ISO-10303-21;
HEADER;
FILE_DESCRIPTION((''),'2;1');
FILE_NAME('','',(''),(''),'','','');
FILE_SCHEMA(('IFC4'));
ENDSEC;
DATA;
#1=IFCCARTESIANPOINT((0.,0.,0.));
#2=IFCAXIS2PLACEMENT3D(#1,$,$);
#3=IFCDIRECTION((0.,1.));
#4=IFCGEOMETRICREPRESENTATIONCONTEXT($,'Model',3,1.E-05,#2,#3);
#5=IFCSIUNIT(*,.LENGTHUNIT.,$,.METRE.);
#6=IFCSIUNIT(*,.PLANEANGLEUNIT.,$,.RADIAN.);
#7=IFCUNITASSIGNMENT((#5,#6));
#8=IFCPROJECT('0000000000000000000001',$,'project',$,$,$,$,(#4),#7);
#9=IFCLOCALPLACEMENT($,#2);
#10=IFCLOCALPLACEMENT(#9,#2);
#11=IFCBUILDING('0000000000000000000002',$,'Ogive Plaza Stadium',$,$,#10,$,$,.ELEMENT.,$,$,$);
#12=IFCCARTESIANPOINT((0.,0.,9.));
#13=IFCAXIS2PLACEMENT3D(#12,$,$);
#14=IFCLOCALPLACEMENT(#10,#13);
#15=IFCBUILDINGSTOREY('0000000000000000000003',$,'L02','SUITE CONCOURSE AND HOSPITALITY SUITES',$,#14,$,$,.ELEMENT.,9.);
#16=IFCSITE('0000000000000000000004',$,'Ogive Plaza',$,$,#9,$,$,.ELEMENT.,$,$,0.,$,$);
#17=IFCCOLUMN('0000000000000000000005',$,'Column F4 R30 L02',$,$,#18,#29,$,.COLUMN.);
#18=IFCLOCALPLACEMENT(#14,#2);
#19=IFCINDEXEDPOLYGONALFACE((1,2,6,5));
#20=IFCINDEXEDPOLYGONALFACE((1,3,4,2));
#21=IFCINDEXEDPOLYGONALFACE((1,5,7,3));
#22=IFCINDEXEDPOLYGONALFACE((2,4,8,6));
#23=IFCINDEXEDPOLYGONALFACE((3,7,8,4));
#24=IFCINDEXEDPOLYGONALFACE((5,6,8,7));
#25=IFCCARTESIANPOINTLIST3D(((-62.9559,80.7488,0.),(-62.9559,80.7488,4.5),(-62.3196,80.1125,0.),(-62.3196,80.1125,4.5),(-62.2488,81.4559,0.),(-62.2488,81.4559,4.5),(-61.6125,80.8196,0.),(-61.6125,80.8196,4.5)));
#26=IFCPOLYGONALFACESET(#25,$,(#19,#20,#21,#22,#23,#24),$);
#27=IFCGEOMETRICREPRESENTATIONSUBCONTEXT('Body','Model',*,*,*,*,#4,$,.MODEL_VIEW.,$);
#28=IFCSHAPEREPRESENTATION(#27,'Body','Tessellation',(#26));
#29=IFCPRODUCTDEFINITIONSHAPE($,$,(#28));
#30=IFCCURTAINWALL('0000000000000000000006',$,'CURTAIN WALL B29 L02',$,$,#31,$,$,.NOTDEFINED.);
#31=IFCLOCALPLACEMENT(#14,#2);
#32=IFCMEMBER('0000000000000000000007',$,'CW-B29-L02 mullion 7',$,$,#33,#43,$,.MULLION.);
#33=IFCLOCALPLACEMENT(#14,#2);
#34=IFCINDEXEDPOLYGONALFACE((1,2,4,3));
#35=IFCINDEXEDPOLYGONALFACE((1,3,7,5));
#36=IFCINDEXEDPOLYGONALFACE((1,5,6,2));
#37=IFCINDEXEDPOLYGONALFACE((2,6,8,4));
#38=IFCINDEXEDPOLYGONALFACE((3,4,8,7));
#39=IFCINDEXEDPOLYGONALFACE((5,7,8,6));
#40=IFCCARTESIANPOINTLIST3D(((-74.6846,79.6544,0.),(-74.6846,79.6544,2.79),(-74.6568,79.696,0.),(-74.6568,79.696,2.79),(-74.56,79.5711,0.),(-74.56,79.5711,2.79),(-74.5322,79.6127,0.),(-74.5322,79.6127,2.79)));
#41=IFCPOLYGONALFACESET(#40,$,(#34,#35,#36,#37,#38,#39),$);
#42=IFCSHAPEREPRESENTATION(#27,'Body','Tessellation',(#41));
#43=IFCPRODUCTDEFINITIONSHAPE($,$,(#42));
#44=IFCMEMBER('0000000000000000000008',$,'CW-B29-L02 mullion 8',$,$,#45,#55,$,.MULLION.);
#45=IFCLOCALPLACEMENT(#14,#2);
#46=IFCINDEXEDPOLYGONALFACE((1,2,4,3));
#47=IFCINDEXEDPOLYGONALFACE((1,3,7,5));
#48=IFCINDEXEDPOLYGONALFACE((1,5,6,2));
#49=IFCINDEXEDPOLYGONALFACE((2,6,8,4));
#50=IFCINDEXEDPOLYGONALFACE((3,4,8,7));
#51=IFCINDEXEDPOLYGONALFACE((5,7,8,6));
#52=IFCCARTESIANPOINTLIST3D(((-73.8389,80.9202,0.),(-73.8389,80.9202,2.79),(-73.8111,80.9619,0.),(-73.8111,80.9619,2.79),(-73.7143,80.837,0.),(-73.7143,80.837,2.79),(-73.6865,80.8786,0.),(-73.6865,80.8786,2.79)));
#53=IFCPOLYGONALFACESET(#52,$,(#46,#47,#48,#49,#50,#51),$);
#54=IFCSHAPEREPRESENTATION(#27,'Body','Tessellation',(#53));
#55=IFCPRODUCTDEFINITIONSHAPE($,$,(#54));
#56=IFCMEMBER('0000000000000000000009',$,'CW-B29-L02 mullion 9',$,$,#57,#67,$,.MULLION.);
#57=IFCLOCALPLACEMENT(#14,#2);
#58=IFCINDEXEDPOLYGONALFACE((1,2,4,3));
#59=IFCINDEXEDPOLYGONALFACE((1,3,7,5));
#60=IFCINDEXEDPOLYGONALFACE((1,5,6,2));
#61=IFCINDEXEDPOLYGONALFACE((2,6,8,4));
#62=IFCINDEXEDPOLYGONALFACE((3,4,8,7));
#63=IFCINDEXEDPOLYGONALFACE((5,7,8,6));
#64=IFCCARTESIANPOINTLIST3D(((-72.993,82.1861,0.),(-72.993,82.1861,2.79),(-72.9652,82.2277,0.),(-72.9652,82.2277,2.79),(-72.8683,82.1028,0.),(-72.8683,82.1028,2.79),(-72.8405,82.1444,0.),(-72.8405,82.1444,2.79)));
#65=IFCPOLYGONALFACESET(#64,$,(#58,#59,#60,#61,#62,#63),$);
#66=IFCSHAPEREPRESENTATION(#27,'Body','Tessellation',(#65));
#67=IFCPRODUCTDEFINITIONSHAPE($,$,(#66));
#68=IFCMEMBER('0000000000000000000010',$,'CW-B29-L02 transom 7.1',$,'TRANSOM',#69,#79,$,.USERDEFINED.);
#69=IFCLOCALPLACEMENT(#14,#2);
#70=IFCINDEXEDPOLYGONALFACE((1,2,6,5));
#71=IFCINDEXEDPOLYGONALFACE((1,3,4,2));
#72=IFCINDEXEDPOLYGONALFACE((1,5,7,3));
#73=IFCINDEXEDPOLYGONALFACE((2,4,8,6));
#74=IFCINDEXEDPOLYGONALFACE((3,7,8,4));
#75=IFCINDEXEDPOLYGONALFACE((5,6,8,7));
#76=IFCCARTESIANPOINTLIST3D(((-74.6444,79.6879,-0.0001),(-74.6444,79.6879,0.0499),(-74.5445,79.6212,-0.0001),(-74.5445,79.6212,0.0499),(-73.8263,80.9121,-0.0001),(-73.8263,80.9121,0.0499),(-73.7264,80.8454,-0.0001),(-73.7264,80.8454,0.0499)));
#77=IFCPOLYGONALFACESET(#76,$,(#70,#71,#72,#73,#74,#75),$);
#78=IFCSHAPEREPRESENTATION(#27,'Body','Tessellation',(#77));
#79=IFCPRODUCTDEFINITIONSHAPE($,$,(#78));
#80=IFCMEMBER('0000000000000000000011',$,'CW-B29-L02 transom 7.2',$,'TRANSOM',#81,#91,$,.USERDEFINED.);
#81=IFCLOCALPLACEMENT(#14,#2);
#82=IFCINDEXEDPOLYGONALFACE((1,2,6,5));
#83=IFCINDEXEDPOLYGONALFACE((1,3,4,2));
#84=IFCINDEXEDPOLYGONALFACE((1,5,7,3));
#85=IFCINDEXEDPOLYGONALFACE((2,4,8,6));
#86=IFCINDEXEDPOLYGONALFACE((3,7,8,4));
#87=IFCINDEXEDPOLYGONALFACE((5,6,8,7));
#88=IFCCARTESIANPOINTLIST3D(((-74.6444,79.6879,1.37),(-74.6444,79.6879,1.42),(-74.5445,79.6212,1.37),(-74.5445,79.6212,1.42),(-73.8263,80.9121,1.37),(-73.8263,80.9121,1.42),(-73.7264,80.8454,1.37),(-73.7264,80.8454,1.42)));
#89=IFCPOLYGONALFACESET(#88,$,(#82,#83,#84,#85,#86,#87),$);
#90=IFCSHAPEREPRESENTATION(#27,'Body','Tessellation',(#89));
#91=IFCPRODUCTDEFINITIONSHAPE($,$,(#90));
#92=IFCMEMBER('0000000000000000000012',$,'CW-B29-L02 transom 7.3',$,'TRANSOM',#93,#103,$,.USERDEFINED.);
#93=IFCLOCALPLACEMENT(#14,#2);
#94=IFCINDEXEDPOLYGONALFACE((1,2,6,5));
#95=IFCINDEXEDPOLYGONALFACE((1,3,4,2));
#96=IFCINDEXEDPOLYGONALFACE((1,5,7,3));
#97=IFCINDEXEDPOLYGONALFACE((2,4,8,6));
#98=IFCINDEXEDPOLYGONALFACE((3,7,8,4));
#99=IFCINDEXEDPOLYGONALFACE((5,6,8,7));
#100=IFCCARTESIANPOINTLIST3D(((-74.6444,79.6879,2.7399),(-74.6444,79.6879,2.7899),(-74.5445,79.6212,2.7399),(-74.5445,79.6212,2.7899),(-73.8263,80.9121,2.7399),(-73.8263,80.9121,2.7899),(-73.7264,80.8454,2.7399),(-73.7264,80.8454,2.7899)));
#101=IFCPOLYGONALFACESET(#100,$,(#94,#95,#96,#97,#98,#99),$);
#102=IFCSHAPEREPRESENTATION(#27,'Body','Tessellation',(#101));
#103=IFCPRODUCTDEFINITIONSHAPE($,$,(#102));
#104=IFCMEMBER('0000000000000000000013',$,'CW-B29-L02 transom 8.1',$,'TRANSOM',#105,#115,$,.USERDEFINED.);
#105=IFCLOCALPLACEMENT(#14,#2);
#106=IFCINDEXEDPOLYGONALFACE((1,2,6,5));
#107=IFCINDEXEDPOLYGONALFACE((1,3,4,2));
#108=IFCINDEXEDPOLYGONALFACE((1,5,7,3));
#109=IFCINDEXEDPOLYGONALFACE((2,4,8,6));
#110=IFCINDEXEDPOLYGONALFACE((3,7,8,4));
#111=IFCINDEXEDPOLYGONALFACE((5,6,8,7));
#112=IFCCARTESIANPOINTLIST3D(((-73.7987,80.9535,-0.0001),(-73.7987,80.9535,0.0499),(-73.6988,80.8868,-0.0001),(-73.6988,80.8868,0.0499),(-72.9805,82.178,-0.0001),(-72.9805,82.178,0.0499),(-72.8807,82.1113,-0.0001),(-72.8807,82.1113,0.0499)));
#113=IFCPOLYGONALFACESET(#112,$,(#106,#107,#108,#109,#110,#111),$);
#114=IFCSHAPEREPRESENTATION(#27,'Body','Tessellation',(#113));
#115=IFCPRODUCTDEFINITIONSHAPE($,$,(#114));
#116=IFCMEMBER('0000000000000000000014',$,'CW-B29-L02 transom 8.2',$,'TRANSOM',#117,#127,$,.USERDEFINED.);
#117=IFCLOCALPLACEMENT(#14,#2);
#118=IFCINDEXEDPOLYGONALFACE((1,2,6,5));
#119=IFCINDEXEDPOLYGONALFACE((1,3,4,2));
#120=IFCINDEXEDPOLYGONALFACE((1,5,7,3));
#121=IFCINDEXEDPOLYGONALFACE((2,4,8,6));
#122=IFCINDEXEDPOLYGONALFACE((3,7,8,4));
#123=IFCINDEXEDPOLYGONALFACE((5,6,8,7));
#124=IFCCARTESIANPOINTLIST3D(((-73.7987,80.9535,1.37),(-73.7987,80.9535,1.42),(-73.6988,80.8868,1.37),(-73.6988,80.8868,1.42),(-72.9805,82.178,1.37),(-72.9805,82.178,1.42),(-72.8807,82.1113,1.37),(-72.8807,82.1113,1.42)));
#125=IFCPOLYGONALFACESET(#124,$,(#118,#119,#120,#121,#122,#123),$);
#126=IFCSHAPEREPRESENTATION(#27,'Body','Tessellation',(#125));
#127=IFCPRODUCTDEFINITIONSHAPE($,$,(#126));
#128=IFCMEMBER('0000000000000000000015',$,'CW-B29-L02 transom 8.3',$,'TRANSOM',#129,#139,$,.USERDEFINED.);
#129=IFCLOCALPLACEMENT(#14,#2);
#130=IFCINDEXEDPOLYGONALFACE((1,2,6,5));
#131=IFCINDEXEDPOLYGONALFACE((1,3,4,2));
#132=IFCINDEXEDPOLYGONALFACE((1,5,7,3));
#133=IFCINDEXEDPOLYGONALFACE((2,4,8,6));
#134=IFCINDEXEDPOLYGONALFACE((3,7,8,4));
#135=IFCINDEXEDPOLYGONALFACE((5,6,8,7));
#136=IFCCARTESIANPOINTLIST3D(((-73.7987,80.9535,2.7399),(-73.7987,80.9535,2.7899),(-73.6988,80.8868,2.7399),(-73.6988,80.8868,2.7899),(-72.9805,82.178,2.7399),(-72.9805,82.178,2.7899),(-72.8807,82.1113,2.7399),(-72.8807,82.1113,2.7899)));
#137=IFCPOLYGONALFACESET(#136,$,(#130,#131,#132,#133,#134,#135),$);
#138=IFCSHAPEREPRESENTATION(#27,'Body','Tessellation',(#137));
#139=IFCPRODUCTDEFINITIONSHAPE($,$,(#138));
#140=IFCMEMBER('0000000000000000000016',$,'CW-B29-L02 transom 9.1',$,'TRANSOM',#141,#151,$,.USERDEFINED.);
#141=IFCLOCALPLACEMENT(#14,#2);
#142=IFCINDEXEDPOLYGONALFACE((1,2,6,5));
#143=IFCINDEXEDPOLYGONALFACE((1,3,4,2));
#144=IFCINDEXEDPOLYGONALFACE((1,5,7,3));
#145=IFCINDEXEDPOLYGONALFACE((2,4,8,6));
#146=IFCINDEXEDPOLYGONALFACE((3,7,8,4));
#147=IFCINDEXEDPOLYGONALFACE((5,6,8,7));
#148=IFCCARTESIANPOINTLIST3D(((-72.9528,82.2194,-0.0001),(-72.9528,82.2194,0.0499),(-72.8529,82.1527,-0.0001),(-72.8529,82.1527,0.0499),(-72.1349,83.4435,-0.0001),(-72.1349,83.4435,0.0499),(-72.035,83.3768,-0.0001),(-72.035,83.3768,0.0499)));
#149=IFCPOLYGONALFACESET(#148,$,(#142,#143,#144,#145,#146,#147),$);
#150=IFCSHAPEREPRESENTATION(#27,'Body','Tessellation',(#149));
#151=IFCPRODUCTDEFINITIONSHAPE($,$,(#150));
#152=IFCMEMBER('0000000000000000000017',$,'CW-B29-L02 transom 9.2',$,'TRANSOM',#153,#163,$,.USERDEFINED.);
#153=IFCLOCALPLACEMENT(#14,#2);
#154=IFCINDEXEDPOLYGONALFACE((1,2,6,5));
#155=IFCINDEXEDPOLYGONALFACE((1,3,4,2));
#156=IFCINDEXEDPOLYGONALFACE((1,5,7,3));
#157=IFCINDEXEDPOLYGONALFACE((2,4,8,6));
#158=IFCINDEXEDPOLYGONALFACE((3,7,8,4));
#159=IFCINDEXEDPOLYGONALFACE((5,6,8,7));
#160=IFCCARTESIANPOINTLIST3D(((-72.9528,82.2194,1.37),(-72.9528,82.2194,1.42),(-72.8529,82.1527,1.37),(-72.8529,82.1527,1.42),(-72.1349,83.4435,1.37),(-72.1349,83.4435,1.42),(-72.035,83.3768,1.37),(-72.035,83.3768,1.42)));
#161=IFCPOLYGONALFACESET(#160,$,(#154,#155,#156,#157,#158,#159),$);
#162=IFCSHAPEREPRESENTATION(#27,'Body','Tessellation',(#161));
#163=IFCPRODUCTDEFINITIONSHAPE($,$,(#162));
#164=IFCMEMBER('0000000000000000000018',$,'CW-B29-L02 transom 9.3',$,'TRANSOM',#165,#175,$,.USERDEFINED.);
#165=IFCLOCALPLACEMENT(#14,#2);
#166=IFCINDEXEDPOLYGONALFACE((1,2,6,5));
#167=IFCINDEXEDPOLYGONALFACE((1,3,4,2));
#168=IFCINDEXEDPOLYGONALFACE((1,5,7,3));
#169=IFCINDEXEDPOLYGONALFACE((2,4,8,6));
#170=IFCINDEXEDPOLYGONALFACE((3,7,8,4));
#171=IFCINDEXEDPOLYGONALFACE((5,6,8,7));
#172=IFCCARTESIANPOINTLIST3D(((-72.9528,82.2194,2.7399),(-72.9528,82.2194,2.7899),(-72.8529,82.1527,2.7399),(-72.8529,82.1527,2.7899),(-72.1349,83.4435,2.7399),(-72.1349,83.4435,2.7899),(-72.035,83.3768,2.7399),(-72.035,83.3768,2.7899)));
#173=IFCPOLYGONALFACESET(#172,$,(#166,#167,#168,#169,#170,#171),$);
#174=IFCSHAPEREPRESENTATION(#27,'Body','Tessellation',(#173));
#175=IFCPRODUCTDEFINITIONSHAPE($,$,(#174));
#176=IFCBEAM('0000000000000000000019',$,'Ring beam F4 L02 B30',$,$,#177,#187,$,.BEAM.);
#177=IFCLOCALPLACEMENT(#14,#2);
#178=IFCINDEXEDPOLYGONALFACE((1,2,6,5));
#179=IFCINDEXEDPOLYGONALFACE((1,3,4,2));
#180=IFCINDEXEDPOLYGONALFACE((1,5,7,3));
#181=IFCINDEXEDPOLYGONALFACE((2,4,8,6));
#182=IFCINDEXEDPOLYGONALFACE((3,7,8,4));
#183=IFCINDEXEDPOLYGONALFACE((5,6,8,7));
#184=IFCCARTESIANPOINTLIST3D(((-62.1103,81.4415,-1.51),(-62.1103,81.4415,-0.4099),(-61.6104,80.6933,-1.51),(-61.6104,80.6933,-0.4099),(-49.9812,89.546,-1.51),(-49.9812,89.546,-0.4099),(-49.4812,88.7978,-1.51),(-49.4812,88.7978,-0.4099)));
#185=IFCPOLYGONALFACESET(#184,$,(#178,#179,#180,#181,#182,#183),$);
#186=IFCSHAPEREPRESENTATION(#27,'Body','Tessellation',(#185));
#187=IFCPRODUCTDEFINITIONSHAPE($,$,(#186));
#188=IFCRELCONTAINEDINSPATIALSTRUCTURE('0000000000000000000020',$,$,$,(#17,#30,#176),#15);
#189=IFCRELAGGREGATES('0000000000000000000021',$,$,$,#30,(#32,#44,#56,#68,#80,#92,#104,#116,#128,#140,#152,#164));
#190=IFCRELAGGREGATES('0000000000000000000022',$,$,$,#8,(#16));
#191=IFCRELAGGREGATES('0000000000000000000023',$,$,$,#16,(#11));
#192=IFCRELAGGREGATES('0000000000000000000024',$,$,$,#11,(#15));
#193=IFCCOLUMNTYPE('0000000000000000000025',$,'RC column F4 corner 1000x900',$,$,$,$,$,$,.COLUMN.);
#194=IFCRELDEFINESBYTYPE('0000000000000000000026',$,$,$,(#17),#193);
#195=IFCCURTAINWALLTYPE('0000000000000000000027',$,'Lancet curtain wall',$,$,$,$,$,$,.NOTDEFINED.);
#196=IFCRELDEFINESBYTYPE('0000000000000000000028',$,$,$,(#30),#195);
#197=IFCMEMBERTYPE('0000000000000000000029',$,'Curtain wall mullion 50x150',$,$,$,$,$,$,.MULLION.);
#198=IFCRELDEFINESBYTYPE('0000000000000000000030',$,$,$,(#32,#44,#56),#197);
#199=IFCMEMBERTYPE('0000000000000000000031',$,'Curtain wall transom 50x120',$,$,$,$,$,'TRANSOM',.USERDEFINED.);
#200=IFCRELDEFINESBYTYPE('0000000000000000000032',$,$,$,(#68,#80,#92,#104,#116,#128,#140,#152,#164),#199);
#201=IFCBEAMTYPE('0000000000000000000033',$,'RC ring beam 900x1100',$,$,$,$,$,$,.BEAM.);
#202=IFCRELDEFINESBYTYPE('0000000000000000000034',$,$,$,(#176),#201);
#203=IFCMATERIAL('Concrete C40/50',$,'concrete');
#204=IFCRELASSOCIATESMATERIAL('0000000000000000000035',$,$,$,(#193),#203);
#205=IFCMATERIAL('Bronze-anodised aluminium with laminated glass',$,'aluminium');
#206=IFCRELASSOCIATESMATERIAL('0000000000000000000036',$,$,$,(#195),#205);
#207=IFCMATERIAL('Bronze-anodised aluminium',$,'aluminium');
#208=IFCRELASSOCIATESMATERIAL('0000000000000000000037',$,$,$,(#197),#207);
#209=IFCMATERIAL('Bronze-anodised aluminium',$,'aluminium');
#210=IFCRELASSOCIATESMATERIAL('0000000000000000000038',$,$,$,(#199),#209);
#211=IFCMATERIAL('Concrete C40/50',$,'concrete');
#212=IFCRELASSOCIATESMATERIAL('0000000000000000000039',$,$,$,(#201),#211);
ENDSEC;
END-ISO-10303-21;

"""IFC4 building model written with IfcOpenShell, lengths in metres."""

from ifc_helpers import new_model, si_unit, direction, frame, origin, origin_2d, place, context, subcontext, project, spatial, rectangle, extrude, material, material_profile, profile_set, type_object, element, aggregate, save


model = new_model("IFC4")

# Units and contexts
model_context = context("Model", 3, precision=1e-05, world=origin(), true_north=direction((0.0, 1.0)))
body_context = subcontext(model_context, "Body", "Model", "MODEL_VIEW")
ifc_project = project(units=[si_unit("LENGTHUNIT", "METRE"), si_unit("PLANEANGLEUNIT", "RADIAN")], contexts=[model_context])

# Site, building, storey
site_placement = place(None, origin())
site = spatial("IfcSite", under=ifc_project, at=site_placement, Name="Ogive Plaza", CompositionType="ELEMENT", RefElevation=0.0)
building_placement = place(site_placement, origin())
building = spatial("IfcBuilding", under=site, at=building_placement, Name="Ogive Plaza Stadium", CompositionType="ELEMENT")
storey_placement = place(building_placement, frame((0.0, 0.0, 9.0)))
storey = spatial("IfcBuildingStorey", under=building, at=storey_placement, Name="L02", Description="SUITE CONCOURSE AND HOSPITALITY SUITES", CompositionType="ELEMENT", Elevation=9.0)

# Column
ifc_material_1 = material(Name="Concrete C40/50", Category="concrete")
ifc_material_profile_1 = material_profile(ifc_material_1, rectangle(XDim=1.0, YDim=0.8999, at=origin_2d()), Name="RC 1000x900")
ifc_profile_set_1 = profile_set([ifc_material_profile_1], Name="Concrete C40/50")
column_type = type_object("IfcColumnType", Name="RC column F4 corner 1000x900", PredefinedType="COLUMN", material=ifc_profile_set_1)
column_placement = place(storey_placement, frame((-62.2842, 80.7842, 0.0), z_axis=(0.0, 0.0, 1.0), x_axis=(-0.707107, -0.707107, 0.0)))
element("IfcColumn", 1, at=column_placement, inside=storey, type_object=column_type, Name="Column F4 R30 L02", PredefinedType="COLUMN", context=body_context, shape_type="SweptSolid", body=[
    extrude(rectangle(XDim=1.0, YDim=0.8999, at=origin_2d()), origin(), (0.0, 0.0, 1.0), 4.5),
])

# Curtain wall, members
ifc_material_2 = material(Name="Bronze-anodised aluminium with laminated glass", Category="aluminium")
curtain_wall_type = type_object("IfcCurtainWallType", Name="Lancet curtain wall", PredefinedType="NOTDEFINED", material=ifc_material_2)
curtain_wall_placement = place(storey_placement, origin())
curtain_wall = element("IfcCurtainWall", 2, at=curtain_wall_placement, inside=storey, type_object=curtain_wall_type, Name="CURTAIN WALL B29 L02", PredefinedType="NOTDEFINED")
ifc_material_3 = material(Name="Bronze-anodised aluminium", Category="aluminium")
ifc_material_profile_2 = material_profile(ifc_material_3, rectangle(XDim=0.1499, YDim=0.05, at=origin_2d()), Name="AL 150x50")
ifc_profile_set_2 = profile_set([ifc_material_profile_2], Name="Bronze-anodised aluminium")
member_type_1 = type_object("IfcMemberType", Name="Curtain wall mullion 50x150", PredefinedType="MULLION", material=ifc_profile_set_2)
member_1_placement = place(storey_placement, frame((-74.6084, 79.6335, 0.0), z_axis=(0.0, 0.0, 1.0), x_axis=(-0.83147, 0.55557, 0.0)))
member_1 = element("IfcMember", 3, at=member_1_placement, type_object=member_type_1, Name="CW-B29-L02 mullion 7", PredefinedType="MULLION", context=body_context, shape_type="SweptSolid", body=[
    extrude(rectangle(XDim=0.1499, YDim=0.05, at=origin_2d()), origin(), (0.0, 0.0, 1.0), 2.79),
])
member_2_placement = place(storey_placement, frame((-73.7627, 80.8994, 0.0), z_axis=(0.0, 0.0, 1.0), x_axis=(-0.83147, 0.55557, 0.0)))
member_2 = element("IfcMember", 4, at=member_2_placement, type_object=member_type_1, Name="CW-B29-L02 mullion 8", PredefinedType="MULLION", context=body_context, shape_type="SweptSolid", body=[
    extrude(rectangle(XDim=0.1499, YDim=0.05, at=origin_2d()), origin(), (0.0, 0.0, 1.0), 2.79),
])
member_3_placement = place(storey_placement, frame((-72.9167, 82.1653, 0.0), z_axis=(0.0, 0.0, 1.0), x_axis=(-0.83147, 0.55557, 0.0)))
member_3 = element("IfcMember", 5, at=member_3_placement, type_object=member_type_1, Name="CW-B29-L02 mullion 9", PredefinedType="MULLION", context=body_context, shape_type="SweptSolid", body=[
    extrude(rectangle(XDim=0.1499, YDim=0.05, at=origin_2d()), origin(), (0.0, 0.0, 1.0), 2.79),
])
ifc_material_4 = material(Name="Bronze-anodised aluminium", Category="aluminium")
ifc_material_profile_3 = material_profile(ifc_material_4, rectangle(XDim=0.1201, YDim=0.05, at=origin_2d()), Name="AL 120x50")
ifc_profile_set_3 = profile_set([ifc_material_profile_3], Name="Bronze-anodised aluminium")
member_type_2 = type_object("IfcMemberType", Name="Curtain wall transom 50x120", ElementType="TRANSOM", PredefinedType="USERDEFINED", material=ifc_profile_set_3)
member_4_placement = place(storey_placement, frame((-74.5945, 79.6545, 0.0249), z_axis=(0.555656, 0.831412, 0.0), x_axis=(-0.831412, 0.555656, 0.0)))
member_4 = element("IfcMember", 6, at=member_4_placement, type_object=member_type_2, Name="CW-B29-L02 transom 7.1", ObjectType="TRANSOM", PredefinedType="USERDEFINED", context=body_context, shape_type="SweptSolid", body=[
    extrude(rectangle(XDim=0.1201, YDim=0.05, at=origin_2d()), origin(), (0.0, 0.0, 1.0), 1.4724),
])
member_5_placement = place(storey_placement, frame((-74.5945, 79.6545, 1.395), z_axis=(0.555656, 0.831412, 0.0), x_axis=(-0.831412, 0.555656, 0.0)))
member_5 = element("IfcMember", 7, at=member_5_placement, type_object=member_type_2, Name="CW-B29-L02 transom 7.2", ObjectType="TRANSOM", PredefinedType="USERDEFINED", context=body_context, shape_type="SweptSolid", body=[
    extrude(rectangle(XDim=0.1201, YDim=0.05, at=origin_2d()), origin(), (0.0, 0.0, 1.0), 1.4724),
])
member_6_placement = place(storey_placement, frame((-74.5945, 79.6545, 2.7649), z_axis=(0.555656, 0.831412, 0.0), x_axis=(-0.831412, 0.555656, 0.0)))
member_6 = element("IfcMember", 8, at=member_6_placement, type_object=member_type_2, Name="CW-B29-L02 transom 7.3", ObjectType="TRANSOM", PredefinedType="USERDEFINED", context=body_context, shape_type="SweptSolid", body=[
    extrude(rectangle(XDim=0.1201, YDim=0.05, at=origin_2d()), origin(), (0.0, 0.0, 1.0), 1.4724),
])
member_7_placement = place(storey_placement, frame((-73.7488, 80.9202, 0.0249), z_axis=(0.55558, 0.831463, 0.0), x_axis=(-0.831463, 0.55558, 0.0)))
member_7 = element("IfcMember", 9, at=member_7_placement, type_object=member_type_2, Name="CW-B29-L02 transom 8.1", ObjectType="TRANSOM", PredefinedType="USERDEFINED", context=body_context, shape_type="SweptSolid", body=[
    extrude(rectangle(XDim=0.1201, YDim=0.05, at=origin_2d()), origin(), (0.0, 0.0, 1.0), 1.4727),
])
member_8_placement = place(storey_placement, frame((-73.7488, 80.9202, 1.395), z_axis=(0.55558, 0.831463, 0.0), x_axis=(-0.831463, 0.55558, 0.0)))
member_8 = element("IfcMember", 10, at=member_8_placement, type_object=member_type_2, Name="CW-B29-L02 transom 8.2", ObjectType="TRANSOM", PredefinedType="USERDEFINED", context=body_context, shape_type="SweptSolid", body=[
    extrude(rectangle(XDim=0.1201, YDim=0.05, at=origin_2d()), origin(), (0.0, 0.0, 1.0), 1.4727),
])
member_9_placement = place(storey_placement, frame((-73.7488, 80.9202, 2.7649), z_axis=(0.55558, 0.831463, 0.0), x_axis=(-0.831463, 0.55558, 0.0)))
member_9 = element("IfcMember", 11, at=member_9_placement, type_object=member_type_2, Name="CW-B29-L02 transom 8.3", ObjectType="TRANSOM", PredefinedType="USERDEFINED", context=body_context, shape_type="SweptSolid", body=[
    extrude(rectangle(XDim=0.1201, YDim=0.05, at=origin_2d()), origin(), (0.0, 0.0, 1.0), 1.4727),
])
member_10_placement = place(storey_placement, frame((-72.9028, 82.186, 0.0249), z_axis=(0.555542, 0.831489, 0.0), x_axis=(-0.831489, 0.555542, 0.0)))
member_10 = element("IfcMember", 12, at=member_10_placement, type_object=member_type_2, Name="CW-B29-L02 transom 9.1", ObjectType="TRANSOM", PredefinedType="USERDEFINED", context=body_context, shape_type="SweptSolid", body=[
    extrude(rectangle(XDim=0.1201, YDim=0.05, at=origin_2d()), origin(), (0.0, 0.0, 1.0), 1.4722),
])
member_11_placement = place(storey_placement, frame((-72.9028, 82.186, 1.395), z_axis=(0.555542, 0.831489, 0.0), x_axis=(-0.831489, 0.555542, 0.0)))
member_11 = element("IfcMember", 13, at=member_11_placement, type_object=member_type_2, Name="CW-B29-L02 transom 9.2", ObjectType="TRANSOM", PredefinedType="USERDEFINED", context=body_context, shape_type="SweptSolid", body=[
    extrude(rectangle(XDim=0.1201, YDim=0.05, at=origin_2d()), origin(), (0.0, 0.0, 1.0), 1.4722),
])
member_12_placement = place(storey_placement, frame((-72.9028, 82.186, 2.7649), z_axis=(0.555542, 0.831489, 0.0), x_axis=(-0.831489, 0.555542, 0.0)))
member_12 = element("IfcMember", 14, at=member_12_placement, type_object=member_type_2, Name="CW-B29-L02 transom 9.3", ObjectType="TRANSOM", PredefinedType="USERDEFINED", context=body_context, shape_type="SweptSolid", body=[
    extrude(rectangle(XDim=0.1201, YDim=0.05, at=origin_2d()), origin(), (0.0, 0.0, 1.0), 1.4722),
])

# Beam
ifc_material_5 = material(Name="Concrete C40/50", Category="concrete")
ifc_material_profile_4 = material_profile(ifc_material_5, rectangle(XDim=0.8999, YDim=1.1001, at=origin_2d()), Name="RC 900x1100")
ifc_profile_set_4 = profile_set([ifc_material_profile_4], Name="Concrete C40/50")
beam_type = type_object("IfcBeamType", Name="RC ring beam 900x1100", PredefinedType="BEAM", material=ifc_profile_set_4)
beam_placement = place(storey_placement, frame((-61.8604, 81.0674, -0.96), z_axis=(0.831468, 0.555573, 0.0), x_axis=(-0.555573, 0.831468, 0.0)))
element("IfcBeam", 15, at=beam_placement, inside=storey, type_object=beam_type, Name="Ring beam F4 L02 B30", PredefinedType="BEAM", context=body_context, shape_type="SweptSolid", body=[
    extrude(rectangle(XDim=0.8999, YDim=1.1001, at=origin_2d()), origin(), (0.0, 0.0, 1.0), 14.5876),
])

aggregate(curtain_wall, [member_1, member_2, member_3, member_4, member_5, member_6, member_7, member_8, member_9, member_10, member_11, member_12])

save(model, "model.ifc")
